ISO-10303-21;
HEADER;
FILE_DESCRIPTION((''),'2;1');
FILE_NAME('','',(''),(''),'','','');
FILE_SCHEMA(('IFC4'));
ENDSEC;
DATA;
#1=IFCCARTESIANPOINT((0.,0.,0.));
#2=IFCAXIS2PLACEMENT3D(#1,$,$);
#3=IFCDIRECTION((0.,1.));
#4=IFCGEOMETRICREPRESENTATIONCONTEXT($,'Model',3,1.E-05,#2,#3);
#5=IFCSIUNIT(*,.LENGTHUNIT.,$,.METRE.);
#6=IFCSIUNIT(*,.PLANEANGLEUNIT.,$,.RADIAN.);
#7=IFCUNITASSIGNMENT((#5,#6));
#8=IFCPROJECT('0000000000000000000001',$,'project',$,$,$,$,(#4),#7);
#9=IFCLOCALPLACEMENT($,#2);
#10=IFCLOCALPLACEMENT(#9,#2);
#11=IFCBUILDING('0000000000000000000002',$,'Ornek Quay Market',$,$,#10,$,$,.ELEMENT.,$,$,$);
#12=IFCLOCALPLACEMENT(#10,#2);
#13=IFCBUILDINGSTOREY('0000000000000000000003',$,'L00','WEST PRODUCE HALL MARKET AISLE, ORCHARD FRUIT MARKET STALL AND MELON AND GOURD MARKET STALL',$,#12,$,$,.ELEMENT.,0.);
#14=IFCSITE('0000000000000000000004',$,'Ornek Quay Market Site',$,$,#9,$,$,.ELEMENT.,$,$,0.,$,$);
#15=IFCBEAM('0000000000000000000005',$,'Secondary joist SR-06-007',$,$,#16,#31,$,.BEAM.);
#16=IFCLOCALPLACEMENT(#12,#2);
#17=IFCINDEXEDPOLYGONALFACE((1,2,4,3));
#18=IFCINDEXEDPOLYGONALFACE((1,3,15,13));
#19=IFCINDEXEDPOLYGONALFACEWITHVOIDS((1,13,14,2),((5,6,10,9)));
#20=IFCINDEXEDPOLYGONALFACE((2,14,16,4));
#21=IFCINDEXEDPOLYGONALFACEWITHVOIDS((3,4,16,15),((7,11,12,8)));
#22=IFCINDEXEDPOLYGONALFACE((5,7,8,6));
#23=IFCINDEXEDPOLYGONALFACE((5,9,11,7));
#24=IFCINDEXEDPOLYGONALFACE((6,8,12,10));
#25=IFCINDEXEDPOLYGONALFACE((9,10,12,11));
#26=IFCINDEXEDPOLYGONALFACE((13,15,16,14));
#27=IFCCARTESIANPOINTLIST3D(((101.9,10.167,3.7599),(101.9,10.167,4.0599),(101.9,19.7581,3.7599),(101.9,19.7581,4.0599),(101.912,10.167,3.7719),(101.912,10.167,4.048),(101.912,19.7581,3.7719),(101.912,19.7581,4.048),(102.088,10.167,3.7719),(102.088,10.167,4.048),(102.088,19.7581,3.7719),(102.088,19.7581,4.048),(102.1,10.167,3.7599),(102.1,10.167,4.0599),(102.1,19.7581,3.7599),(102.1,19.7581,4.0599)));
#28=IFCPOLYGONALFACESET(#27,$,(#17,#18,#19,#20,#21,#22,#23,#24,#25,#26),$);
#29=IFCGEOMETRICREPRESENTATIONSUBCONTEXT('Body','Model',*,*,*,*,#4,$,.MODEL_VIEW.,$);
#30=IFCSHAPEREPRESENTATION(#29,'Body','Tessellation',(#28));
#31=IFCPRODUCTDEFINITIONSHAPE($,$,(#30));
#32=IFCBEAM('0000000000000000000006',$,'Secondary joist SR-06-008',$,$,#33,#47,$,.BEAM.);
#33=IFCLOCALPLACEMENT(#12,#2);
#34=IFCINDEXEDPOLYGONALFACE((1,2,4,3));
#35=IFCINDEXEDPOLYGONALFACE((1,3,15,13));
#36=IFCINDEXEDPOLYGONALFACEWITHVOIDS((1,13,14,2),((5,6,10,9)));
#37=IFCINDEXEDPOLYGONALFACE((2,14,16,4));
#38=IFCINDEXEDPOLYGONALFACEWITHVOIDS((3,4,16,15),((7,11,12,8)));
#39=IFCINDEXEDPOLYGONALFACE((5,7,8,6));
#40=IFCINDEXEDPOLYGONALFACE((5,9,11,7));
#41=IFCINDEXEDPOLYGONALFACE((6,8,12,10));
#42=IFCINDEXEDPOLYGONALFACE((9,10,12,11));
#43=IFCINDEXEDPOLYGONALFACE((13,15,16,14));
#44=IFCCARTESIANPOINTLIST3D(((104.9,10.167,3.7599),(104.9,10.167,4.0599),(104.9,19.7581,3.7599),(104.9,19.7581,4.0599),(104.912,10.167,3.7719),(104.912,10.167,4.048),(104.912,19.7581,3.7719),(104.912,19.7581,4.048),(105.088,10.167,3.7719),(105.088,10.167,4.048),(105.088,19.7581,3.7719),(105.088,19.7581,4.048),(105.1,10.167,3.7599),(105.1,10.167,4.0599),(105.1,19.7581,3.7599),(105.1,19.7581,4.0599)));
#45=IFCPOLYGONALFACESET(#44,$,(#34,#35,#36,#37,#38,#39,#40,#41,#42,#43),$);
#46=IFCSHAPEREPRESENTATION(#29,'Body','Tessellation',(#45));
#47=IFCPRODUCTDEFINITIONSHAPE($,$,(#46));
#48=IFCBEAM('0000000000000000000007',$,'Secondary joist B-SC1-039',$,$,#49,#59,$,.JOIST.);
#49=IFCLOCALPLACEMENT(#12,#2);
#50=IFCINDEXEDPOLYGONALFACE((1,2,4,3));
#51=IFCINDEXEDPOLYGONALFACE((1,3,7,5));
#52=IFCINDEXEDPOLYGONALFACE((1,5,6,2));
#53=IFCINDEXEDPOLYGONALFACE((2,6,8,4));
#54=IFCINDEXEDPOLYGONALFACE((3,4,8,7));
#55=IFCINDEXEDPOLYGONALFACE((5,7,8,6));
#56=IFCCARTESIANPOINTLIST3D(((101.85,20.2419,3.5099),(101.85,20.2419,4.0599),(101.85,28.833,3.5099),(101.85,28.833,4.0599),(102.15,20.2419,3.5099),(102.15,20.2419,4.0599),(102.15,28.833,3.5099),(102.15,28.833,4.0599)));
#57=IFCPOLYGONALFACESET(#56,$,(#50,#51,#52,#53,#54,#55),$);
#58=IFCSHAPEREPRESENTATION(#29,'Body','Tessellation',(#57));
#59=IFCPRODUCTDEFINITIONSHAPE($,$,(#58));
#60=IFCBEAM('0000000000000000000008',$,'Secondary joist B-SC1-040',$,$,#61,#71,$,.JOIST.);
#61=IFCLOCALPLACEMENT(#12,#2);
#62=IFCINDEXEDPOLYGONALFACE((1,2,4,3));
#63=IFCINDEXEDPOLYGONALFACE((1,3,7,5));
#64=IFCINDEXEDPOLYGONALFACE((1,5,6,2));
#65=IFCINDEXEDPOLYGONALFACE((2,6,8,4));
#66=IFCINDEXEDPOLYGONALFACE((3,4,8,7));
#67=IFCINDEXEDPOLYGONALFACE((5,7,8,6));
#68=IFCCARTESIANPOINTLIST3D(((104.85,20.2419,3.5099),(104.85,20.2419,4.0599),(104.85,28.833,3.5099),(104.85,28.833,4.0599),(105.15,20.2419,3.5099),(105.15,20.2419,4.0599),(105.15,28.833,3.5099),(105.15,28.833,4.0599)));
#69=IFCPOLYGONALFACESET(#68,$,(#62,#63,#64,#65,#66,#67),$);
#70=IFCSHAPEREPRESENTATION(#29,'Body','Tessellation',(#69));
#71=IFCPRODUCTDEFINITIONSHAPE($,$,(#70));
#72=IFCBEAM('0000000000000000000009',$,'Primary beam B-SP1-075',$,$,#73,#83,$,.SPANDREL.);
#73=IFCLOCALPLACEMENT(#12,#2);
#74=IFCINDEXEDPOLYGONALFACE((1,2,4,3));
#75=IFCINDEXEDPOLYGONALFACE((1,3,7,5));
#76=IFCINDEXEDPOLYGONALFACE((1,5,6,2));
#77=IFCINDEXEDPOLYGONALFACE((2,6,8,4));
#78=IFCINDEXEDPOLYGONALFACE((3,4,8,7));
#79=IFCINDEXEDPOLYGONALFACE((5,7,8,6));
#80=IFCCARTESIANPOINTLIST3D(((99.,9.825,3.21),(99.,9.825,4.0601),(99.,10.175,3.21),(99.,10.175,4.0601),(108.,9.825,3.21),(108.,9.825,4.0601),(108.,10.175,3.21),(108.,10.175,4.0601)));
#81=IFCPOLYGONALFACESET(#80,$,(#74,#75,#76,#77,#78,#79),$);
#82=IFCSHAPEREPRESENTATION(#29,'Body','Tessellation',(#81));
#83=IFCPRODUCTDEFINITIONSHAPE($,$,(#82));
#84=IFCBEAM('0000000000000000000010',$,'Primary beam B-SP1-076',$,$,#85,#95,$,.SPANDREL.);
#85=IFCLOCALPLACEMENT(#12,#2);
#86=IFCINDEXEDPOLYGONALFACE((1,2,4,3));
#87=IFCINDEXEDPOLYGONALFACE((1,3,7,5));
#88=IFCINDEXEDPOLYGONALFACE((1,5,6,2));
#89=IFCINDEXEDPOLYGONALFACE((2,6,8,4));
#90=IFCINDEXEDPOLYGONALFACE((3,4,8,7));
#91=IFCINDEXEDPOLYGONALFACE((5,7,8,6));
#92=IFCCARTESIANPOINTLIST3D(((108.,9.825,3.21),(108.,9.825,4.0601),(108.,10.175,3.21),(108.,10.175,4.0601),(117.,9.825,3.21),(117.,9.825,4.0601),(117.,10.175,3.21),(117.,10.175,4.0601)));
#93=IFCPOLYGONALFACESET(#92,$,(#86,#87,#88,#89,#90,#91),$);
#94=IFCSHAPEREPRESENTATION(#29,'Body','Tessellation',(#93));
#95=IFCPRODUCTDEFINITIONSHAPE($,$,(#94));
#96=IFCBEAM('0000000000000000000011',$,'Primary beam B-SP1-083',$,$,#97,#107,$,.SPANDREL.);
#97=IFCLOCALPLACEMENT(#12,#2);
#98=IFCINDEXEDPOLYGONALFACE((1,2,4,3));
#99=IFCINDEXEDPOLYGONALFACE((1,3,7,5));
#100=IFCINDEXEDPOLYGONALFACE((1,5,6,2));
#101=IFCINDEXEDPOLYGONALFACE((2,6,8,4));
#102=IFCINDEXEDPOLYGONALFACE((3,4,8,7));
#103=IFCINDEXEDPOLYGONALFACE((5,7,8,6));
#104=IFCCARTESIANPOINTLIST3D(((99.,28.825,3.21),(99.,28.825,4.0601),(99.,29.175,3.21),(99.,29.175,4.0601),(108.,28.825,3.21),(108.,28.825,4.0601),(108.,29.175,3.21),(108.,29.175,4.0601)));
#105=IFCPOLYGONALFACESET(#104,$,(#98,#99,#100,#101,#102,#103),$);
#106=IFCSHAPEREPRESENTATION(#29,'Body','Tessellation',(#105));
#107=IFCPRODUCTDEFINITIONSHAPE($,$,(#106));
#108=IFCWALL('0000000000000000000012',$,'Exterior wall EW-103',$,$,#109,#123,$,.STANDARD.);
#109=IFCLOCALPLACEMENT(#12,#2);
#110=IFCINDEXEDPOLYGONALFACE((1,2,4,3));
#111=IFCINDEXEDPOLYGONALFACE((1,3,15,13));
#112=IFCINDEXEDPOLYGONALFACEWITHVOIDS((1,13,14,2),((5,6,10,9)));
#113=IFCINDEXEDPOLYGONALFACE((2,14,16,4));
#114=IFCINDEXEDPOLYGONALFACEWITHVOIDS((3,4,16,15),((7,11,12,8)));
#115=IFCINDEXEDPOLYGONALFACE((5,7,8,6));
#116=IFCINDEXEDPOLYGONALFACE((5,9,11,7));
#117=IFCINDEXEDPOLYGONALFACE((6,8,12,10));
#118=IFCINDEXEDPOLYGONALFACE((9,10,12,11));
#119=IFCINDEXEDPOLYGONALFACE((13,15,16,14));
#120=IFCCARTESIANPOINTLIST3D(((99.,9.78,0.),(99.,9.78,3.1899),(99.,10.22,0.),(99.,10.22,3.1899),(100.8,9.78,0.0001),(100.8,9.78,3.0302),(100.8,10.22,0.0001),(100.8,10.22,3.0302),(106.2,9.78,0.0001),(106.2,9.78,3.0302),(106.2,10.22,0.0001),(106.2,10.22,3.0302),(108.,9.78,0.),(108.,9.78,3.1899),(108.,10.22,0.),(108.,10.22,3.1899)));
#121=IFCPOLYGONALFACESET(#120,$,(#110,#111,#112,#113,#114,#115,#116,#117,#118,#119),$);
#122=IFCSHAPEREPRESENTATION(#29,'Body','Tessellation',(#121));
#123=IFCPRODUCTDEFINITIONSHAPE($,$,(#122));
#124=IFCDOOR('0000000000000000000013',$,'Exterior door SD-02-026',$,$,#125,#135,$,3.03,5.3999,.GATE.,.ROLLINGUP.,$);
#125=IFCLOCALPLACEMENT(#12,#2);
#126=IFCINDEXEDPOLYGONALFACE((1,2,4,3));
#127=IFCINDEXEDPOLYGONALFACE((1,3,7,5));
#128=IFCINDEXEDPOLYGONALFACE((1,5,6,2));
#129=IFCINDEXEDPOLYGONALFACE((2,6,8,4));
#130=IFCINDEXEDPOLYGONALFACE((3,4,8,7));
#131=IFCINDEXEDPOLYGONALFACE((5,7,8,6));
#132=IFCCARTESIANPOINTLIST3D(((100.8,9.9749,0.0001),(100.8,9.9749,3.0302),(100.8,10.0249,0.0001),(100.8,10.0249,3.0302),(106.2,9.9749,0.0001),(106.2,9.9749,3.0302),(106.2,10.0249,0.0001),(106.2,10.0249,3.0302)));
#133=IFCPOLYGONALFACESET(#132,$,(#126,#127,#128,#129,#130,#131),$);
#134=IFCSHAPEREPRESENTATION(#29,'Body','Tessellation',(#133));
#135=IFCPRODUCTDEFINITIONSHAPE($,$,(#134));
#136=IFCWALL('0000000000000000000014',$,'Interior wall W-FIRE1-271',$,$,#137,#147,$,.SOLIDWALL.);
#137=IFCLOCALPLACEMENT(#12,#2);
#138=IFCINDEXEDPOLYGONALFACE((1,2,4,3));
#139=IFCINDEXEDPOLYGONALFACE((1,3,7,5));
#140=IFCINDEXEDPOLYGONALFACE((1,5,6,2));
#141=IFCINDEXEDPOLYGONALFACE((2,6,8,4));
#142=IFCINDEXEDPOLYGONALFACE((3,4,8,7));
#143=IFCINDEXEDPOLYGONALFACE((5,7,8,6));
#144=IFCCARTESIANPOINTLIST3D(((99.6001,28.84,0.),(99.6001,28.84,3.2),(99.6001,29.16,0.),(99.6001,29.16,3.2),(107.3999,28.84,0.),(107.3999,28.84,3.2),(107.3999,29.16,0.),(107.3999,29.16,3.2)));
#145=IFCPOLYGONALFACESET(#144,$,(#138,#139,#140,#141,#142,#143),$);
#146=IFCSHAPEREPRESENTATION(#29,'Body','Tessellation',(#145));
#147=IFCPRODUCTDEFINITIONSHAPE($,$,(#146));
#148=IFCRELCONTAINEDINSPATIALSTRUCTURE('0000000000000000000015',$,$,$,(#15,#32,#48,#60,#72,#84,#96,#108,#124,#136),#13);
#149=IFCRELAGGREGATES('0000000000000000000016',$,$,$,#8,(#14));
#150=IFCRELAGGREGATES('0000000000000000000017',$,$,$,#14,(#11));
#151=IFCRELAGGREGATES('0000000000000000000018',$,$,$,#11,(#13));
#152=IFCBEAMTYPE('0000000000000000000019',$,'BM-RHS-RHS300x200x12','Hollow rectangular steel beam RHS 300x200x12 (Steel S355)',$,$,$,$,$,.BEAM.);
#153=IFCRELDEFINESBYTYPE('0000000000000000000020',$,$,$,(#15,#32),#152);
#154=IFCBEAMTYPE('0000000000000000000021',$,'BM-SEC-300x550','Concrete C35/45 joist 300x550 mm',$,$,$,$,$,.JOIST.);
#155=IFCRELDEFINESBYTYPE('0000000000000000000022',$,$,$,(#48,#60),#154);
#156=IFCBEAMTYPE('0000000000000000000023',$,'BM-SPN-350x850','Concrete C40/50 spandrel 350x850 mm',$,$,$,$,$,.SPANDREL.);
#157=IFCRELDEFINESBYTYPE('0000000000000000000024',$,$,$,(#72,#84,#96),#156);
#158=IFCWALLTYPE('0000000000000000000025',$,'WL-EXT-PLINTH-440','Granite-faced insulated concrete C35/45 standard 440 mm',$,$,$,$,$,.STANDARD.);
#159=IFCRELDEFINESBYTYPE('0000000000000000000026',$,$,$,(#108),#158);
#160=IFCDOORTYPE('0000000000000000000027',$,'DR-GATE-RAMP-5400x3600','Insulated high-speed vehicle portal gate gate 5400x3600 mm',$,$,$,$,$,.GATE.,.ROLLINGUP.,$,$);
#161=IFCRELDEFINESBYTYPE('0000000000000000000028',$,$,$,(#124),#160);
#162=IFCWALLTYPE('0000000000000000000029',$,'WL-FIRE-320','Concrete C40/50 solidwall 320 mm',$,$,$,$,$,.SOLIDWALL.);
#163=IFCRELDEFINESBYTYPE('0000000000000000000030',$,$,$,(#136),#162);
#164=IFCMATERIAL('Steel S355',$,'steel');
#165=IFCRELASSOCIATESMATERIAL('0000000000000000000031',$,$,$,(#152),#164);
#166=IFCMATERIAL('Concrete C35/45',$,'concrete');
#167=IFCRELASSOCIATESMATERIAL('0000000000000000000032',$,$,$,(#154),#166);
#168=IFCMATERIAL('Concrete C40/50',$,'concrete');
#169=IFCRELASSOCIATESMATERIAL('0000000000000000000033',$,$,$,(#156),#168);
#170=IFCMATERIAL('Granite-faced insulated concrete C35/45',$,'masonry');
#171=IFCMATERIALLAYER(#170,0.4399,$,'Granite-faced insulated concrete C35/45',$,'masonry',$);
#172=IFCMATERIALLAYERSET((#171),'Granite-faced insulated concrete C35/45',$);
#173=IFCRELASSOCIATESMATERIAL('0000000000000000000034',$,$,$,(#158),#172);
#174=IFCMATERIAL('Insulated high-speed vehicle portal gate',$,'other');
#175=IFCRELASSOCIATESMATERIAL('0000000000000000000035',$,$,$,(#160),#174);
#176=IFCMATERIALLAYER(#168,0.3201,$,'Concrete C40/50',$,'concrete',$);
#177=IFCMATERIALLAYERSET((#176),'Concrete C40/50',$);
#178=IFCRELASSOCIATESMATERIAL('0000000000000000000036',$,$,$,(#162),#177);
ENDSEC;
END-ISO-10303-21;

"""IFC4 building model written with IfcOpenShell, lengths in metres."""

from ifc_helpers import new_model, si_unit, direction, frame, frame_2d, origin, origin_2d, place, context, subcontext, project, spatial, rectangle, hollow_rectangle, extrude, material, layer, layer_set, material_profile, profile_set, type_object, element, fill, save


model = new_model("IFC4")

# Units and contexts
model_context = context("Model", 3, precision=1e-05, world=origin(), true_north=direction((0.0, 1.0)))
body_context = subcontext(model_context, "Body", "Model", "MODEL_VIEW")
ifc_project = project(units=[si_unit("LENGTHUNIT", "METRE"), si_unit("PLANEANGLEUNIT", "RADIAN")], contexts=[model_context])

# Site, building, storey
site_placement = place(None, origin())
site = spatial("IfcSite", under=ifc_project, at=site_placement, Name="Ornek Quay Market Site", CompositionType="ELEMENT", RefElevation=0.0)
building_placement = place(site_placement, origin())
building = spatial("IfcBuilding", under=site, at=building_placement, Name="Ornek Quay Market", CompositionType="ELEMENT")
storey_placement = place(building_placement, origin())
storey = spatial("IfcBuildingStorey", under=building, at=storey_placement, Name="L00", Description="WEST PRODUCE HALL MARKET AISLE, ORCHARD FRUIT MARKET STALL AND MELON AND GOURD MARKET STALL", CompositionType="ELEMENT", Elevation=0.0)

# Shared definitions
ifc_material_1 = material(Name="Concrete C35/45", Category="concrete")

# Shared definitions
ifc_material_2 = material(Name="Concrete C40/50", Category="concrete")

# Beams
ifc_material_3 = material(Name="Steel S355", Category="steel")
ifc_material_profile_1 = material_profile(ifc_material_3, hollow_rectangle(XDim=0.2, YDim=0.3, WallThickness=0.012, at=origin_2d()), Name="RHS 300x200x12", Category="steel")
ifc_profile_set_1 = profile_set([ifc_material_profile_1], Name="Steel S355")
beam_type_1 = type_object("IfcBeamType", Name="BM-RHS-RHS300x200x12", Description="Hollow rectangular steel beam RHS 300x200x12 (Steel S355)", PredefinedType="BEAM", material=ifc_profile_set_1)
for number, where, z_axis, x_axis, name in (
    (1, (102.0, 10.167, 3.9099), (0.0, 1.0, 0.0), (-1.0, 0.0, 0.0), "Secondary joist SR-06-007"),
    (2, (105.0, 10.167, 3.9099), (0.0, 1.0, 0.0), (-1.0, 0.0, 0.0), "Secondary joist SR-06-008"),
):
    element("IfcBeam", number, at=place(storey_placement, frame(where, z_axis=z_axis, x_axis=x_axis)), inside=storey, type_object=beam_type_1, Name=name, PredefinedType="BEAM", context=body_context, shape_type="SweptSolid", body=[
        extrude(hollow_rectangle(XDim=0.2, YDim=0.3, WallThickness=0.012, at=origin_2d()), origin(), (0.0, 0.0, 1.0), 9.5911),
    ])
ifc_material_profile_2 = material_profile(ifc_material_1, rectangle(XDim=0.3, YDim=0.55, at=origin_2d()), Name="RC 300x550", Category="concrete")
ifc_profile_set_2 = profile_set([ifc_material_profile_2], Name="Concrete C35/45")
beam_type_2 = type_object("IfcBeamType", Name="BM-SEC-300x550", Description="Concrete C35/45 joist 300x550 mm", PredefinedType="JOIST", material=ifc_profile_set_2)
for number, where, z_axis, x_axis, name in (
    (3, (102.0, 20.2419, 3.7849), (0.0, 1.0, 0.0), (-1.0, 0.0, 0.0), "Secondary joist B-SC1-039"),
    (4, (105.0, 20.2419, 3.7849), (0.0, 1.0, 0.0), (-1.0, 0.0, 0.0), "Secondary joist B-SC1-040"),
):
    element("IfcBeam", number, at=place(storey_placement, frame(where, z_axis=z_axis, x_axis=x_axis)), inside=storey, type_object=beam_type_2, Name=name, PredefinedType="JOIST", context=body_context, shape_type="SweptSolid", body=[
        extrude(rectangle(XDim=0.3, YDim=0.55, at=origin_2d()), origin(), (0.0, 0.0, 1.0), 8.5911),
    ])
ifc_material_profile_3 = material_profile(ifc_material_2, rectangle(XDim=0.3501, YDim=0.8501, at=origin_2d()), Name="RC 350x850", Category="concrete")
ifc_profile_set_3 = profile_set([ifc_material_profile_3], Name="Concrete C40/50")
beam_type_3 = type_object("IfcBeamType", Name="BM-SPN-350x850", Description="Concrete C40/50 spandrel 350x850 mm", PredefinedType="SPANDREL", material=ifc_profile_set_3)
for number, where, z_axis, x_axis, name in (
    (5, (99.0, 10.0, 3.635), (1.0, 0.0, 0.0), (0.0, 1.0, 0.0), "Primary beam B-SP1-075"),
    (6, (108.0, 10.0, 3.635), (1.0, 0.0, 0.0), (0.0, 1.0, 0.0), "Primary beam B-SP1-076"),
    (7, (99.0, 29.0, 3.635), (1.0, 0.0, 0.0), (0.0, 1.0, 0.0), "Primary beam B-SP1-083"),
):
    element("IfcBeam", number, at=place(storey_placement, frame(where, z_axis=z_axis, x_axis=x_axis)), inside=storey, type_object=beam_type_3, Name=name, PredefinedType="SPANDREL", context=body_context, shape_type="SweptSolid", body=[
        extrude(rectangle(XDim=0.3501, YDim=0.8501, at=origin_2d()), origin(), (0.0, 0.0, 1.0), 9.0),
    ])

# Wall, opening, door
ifc_material_4 = material(Name="Granite-faced insulated concrete C35/45", Category="masonry")
ifc_layer_1 = layer(ifc_material_4, 0.4399, Name="Granite-faced insulated concrete C35/45", Category="masonry")
ifc_layer_set_1 = layer_set([ifc_layer_1], Name="Granite-faced insulated concrete C35/45")
wall_type_1 = type_object("IfcWallType", Name="WL-EXT-PLINTH-440", Description="Granite-faced insulated concrete C35/45 standard 440 mm", PredefinedType="STANDARD", material=ifc_layer_set_1)
wall_1_placement = place(storey_placement, frame((99.0, 10.0, 0.0), z_axis=(0.0, 0.0, 1.0), x_axis=(1.0, 0.0, 0.0)))
wall_1 = element("IfcWall", 8, at=wall_1_placement, inside=storey, type_object=wall_type_1, Name="Exterior wall EW-103", PredefinedType="STANDARD", context=body_context, shape_type="SweptSolid", body=[
    extrude(rectangle(XDim=9.0, YDim=0.4399, at=frame_2d((4.5, 0.0))), origin(), (0.0, 0.0, 1.0), 3.1899),
])
opening_placement = place(wall_1_placement, frame((1.8, 0.0, 0.0)))
opening = element("IfcOpeningElement", 9, at=opening_placement, cuts=wall_1, PredefinedType="OPENING", context=body_context, shape_type="SweptSolid", body=[
    extrude(rectangle(XDim=5.3999, YDim=3.03, at=frame_2d((2.7, 1.5151))), frame((0.0, 0.23, 0.0), z_axis=(0.0, -1.0, 0.0), x_axis=(1.0, 0.0, 0.0)), (0.0, 0.0, 1.0), 0.46),
])
ifc_material_5 = material(Name="Insulated high-speed vehicle portal gate", Category="other")
door_type = type_object("IfcDoorType", Name="DR-GATE-RAMP-5400x3600", Description="Insulated high-speed vehicle portal gate gate 5400x3600 mm", OperationType="ROLLINGUP", PredefinedType="GATE", material=ifc_material_5)
door_placement = place(opening_placement, origin())
door = element("IfcDoor", 10, at=door_placement, inside=storey, type_object=door_type, Name="Exterior door SD-02-026", OperationType="ROLLINGUP", OverallHeight=3.03, OverallWidth=5.3999, PredefinedType="GATE", context=body_context, shape_type="SweptSolid", body=[
    extrude(rectangle(XDim=5.3999, YDim=3.03, at=frame_2d((2.7, 1.5151))), frame((0.0, 0.0249, 0.0), z_axis=(0.0, -1.0, 0.0), x_axis=(1.0, 0.0, 0.0)), (0.0, 0.0, 1.0), 0.05),
])
fill(opening, door)

# Wall
ifc_layer_2 = layer(ifc_material_2, 0.3201, Name="Concrete C40/50", Category="concrete")
ifc_layer_set_2 = layer_set([ifc_layer_2], Name="Concrete C40/50")
wall_type_2 = type_object("IfcWallType", Name="WL-FIRE-320", Description="Concrete C40/50 solidwall 320 mm", PredefinedType="SOLIDWALL", material=ifc_layer_set_2)
wall_2_placement = place(storey_placement, frame((99.6001, 29.0, 0.0), z_axis=(0.0, 0.0, 1.0), x_axis=(1.0, 0.0, 0.0)))
element("IfcWall", 11, at=wall_2_placement, inside=storey, type_object=wall_type_2, Name="Interior wall W-FIRE1-271", PredefinedType="SOLIDWALL", context=body_context, shape_type="SweptSolid", body=[
    extrude(rectangle(XDim=7.7998, YDim=0.3201, at=frame_2d((3.8999, 0.0))), origin(), (0.0, 0.0, 1.0), 3.2),
])

save(model, "model.ifc")
